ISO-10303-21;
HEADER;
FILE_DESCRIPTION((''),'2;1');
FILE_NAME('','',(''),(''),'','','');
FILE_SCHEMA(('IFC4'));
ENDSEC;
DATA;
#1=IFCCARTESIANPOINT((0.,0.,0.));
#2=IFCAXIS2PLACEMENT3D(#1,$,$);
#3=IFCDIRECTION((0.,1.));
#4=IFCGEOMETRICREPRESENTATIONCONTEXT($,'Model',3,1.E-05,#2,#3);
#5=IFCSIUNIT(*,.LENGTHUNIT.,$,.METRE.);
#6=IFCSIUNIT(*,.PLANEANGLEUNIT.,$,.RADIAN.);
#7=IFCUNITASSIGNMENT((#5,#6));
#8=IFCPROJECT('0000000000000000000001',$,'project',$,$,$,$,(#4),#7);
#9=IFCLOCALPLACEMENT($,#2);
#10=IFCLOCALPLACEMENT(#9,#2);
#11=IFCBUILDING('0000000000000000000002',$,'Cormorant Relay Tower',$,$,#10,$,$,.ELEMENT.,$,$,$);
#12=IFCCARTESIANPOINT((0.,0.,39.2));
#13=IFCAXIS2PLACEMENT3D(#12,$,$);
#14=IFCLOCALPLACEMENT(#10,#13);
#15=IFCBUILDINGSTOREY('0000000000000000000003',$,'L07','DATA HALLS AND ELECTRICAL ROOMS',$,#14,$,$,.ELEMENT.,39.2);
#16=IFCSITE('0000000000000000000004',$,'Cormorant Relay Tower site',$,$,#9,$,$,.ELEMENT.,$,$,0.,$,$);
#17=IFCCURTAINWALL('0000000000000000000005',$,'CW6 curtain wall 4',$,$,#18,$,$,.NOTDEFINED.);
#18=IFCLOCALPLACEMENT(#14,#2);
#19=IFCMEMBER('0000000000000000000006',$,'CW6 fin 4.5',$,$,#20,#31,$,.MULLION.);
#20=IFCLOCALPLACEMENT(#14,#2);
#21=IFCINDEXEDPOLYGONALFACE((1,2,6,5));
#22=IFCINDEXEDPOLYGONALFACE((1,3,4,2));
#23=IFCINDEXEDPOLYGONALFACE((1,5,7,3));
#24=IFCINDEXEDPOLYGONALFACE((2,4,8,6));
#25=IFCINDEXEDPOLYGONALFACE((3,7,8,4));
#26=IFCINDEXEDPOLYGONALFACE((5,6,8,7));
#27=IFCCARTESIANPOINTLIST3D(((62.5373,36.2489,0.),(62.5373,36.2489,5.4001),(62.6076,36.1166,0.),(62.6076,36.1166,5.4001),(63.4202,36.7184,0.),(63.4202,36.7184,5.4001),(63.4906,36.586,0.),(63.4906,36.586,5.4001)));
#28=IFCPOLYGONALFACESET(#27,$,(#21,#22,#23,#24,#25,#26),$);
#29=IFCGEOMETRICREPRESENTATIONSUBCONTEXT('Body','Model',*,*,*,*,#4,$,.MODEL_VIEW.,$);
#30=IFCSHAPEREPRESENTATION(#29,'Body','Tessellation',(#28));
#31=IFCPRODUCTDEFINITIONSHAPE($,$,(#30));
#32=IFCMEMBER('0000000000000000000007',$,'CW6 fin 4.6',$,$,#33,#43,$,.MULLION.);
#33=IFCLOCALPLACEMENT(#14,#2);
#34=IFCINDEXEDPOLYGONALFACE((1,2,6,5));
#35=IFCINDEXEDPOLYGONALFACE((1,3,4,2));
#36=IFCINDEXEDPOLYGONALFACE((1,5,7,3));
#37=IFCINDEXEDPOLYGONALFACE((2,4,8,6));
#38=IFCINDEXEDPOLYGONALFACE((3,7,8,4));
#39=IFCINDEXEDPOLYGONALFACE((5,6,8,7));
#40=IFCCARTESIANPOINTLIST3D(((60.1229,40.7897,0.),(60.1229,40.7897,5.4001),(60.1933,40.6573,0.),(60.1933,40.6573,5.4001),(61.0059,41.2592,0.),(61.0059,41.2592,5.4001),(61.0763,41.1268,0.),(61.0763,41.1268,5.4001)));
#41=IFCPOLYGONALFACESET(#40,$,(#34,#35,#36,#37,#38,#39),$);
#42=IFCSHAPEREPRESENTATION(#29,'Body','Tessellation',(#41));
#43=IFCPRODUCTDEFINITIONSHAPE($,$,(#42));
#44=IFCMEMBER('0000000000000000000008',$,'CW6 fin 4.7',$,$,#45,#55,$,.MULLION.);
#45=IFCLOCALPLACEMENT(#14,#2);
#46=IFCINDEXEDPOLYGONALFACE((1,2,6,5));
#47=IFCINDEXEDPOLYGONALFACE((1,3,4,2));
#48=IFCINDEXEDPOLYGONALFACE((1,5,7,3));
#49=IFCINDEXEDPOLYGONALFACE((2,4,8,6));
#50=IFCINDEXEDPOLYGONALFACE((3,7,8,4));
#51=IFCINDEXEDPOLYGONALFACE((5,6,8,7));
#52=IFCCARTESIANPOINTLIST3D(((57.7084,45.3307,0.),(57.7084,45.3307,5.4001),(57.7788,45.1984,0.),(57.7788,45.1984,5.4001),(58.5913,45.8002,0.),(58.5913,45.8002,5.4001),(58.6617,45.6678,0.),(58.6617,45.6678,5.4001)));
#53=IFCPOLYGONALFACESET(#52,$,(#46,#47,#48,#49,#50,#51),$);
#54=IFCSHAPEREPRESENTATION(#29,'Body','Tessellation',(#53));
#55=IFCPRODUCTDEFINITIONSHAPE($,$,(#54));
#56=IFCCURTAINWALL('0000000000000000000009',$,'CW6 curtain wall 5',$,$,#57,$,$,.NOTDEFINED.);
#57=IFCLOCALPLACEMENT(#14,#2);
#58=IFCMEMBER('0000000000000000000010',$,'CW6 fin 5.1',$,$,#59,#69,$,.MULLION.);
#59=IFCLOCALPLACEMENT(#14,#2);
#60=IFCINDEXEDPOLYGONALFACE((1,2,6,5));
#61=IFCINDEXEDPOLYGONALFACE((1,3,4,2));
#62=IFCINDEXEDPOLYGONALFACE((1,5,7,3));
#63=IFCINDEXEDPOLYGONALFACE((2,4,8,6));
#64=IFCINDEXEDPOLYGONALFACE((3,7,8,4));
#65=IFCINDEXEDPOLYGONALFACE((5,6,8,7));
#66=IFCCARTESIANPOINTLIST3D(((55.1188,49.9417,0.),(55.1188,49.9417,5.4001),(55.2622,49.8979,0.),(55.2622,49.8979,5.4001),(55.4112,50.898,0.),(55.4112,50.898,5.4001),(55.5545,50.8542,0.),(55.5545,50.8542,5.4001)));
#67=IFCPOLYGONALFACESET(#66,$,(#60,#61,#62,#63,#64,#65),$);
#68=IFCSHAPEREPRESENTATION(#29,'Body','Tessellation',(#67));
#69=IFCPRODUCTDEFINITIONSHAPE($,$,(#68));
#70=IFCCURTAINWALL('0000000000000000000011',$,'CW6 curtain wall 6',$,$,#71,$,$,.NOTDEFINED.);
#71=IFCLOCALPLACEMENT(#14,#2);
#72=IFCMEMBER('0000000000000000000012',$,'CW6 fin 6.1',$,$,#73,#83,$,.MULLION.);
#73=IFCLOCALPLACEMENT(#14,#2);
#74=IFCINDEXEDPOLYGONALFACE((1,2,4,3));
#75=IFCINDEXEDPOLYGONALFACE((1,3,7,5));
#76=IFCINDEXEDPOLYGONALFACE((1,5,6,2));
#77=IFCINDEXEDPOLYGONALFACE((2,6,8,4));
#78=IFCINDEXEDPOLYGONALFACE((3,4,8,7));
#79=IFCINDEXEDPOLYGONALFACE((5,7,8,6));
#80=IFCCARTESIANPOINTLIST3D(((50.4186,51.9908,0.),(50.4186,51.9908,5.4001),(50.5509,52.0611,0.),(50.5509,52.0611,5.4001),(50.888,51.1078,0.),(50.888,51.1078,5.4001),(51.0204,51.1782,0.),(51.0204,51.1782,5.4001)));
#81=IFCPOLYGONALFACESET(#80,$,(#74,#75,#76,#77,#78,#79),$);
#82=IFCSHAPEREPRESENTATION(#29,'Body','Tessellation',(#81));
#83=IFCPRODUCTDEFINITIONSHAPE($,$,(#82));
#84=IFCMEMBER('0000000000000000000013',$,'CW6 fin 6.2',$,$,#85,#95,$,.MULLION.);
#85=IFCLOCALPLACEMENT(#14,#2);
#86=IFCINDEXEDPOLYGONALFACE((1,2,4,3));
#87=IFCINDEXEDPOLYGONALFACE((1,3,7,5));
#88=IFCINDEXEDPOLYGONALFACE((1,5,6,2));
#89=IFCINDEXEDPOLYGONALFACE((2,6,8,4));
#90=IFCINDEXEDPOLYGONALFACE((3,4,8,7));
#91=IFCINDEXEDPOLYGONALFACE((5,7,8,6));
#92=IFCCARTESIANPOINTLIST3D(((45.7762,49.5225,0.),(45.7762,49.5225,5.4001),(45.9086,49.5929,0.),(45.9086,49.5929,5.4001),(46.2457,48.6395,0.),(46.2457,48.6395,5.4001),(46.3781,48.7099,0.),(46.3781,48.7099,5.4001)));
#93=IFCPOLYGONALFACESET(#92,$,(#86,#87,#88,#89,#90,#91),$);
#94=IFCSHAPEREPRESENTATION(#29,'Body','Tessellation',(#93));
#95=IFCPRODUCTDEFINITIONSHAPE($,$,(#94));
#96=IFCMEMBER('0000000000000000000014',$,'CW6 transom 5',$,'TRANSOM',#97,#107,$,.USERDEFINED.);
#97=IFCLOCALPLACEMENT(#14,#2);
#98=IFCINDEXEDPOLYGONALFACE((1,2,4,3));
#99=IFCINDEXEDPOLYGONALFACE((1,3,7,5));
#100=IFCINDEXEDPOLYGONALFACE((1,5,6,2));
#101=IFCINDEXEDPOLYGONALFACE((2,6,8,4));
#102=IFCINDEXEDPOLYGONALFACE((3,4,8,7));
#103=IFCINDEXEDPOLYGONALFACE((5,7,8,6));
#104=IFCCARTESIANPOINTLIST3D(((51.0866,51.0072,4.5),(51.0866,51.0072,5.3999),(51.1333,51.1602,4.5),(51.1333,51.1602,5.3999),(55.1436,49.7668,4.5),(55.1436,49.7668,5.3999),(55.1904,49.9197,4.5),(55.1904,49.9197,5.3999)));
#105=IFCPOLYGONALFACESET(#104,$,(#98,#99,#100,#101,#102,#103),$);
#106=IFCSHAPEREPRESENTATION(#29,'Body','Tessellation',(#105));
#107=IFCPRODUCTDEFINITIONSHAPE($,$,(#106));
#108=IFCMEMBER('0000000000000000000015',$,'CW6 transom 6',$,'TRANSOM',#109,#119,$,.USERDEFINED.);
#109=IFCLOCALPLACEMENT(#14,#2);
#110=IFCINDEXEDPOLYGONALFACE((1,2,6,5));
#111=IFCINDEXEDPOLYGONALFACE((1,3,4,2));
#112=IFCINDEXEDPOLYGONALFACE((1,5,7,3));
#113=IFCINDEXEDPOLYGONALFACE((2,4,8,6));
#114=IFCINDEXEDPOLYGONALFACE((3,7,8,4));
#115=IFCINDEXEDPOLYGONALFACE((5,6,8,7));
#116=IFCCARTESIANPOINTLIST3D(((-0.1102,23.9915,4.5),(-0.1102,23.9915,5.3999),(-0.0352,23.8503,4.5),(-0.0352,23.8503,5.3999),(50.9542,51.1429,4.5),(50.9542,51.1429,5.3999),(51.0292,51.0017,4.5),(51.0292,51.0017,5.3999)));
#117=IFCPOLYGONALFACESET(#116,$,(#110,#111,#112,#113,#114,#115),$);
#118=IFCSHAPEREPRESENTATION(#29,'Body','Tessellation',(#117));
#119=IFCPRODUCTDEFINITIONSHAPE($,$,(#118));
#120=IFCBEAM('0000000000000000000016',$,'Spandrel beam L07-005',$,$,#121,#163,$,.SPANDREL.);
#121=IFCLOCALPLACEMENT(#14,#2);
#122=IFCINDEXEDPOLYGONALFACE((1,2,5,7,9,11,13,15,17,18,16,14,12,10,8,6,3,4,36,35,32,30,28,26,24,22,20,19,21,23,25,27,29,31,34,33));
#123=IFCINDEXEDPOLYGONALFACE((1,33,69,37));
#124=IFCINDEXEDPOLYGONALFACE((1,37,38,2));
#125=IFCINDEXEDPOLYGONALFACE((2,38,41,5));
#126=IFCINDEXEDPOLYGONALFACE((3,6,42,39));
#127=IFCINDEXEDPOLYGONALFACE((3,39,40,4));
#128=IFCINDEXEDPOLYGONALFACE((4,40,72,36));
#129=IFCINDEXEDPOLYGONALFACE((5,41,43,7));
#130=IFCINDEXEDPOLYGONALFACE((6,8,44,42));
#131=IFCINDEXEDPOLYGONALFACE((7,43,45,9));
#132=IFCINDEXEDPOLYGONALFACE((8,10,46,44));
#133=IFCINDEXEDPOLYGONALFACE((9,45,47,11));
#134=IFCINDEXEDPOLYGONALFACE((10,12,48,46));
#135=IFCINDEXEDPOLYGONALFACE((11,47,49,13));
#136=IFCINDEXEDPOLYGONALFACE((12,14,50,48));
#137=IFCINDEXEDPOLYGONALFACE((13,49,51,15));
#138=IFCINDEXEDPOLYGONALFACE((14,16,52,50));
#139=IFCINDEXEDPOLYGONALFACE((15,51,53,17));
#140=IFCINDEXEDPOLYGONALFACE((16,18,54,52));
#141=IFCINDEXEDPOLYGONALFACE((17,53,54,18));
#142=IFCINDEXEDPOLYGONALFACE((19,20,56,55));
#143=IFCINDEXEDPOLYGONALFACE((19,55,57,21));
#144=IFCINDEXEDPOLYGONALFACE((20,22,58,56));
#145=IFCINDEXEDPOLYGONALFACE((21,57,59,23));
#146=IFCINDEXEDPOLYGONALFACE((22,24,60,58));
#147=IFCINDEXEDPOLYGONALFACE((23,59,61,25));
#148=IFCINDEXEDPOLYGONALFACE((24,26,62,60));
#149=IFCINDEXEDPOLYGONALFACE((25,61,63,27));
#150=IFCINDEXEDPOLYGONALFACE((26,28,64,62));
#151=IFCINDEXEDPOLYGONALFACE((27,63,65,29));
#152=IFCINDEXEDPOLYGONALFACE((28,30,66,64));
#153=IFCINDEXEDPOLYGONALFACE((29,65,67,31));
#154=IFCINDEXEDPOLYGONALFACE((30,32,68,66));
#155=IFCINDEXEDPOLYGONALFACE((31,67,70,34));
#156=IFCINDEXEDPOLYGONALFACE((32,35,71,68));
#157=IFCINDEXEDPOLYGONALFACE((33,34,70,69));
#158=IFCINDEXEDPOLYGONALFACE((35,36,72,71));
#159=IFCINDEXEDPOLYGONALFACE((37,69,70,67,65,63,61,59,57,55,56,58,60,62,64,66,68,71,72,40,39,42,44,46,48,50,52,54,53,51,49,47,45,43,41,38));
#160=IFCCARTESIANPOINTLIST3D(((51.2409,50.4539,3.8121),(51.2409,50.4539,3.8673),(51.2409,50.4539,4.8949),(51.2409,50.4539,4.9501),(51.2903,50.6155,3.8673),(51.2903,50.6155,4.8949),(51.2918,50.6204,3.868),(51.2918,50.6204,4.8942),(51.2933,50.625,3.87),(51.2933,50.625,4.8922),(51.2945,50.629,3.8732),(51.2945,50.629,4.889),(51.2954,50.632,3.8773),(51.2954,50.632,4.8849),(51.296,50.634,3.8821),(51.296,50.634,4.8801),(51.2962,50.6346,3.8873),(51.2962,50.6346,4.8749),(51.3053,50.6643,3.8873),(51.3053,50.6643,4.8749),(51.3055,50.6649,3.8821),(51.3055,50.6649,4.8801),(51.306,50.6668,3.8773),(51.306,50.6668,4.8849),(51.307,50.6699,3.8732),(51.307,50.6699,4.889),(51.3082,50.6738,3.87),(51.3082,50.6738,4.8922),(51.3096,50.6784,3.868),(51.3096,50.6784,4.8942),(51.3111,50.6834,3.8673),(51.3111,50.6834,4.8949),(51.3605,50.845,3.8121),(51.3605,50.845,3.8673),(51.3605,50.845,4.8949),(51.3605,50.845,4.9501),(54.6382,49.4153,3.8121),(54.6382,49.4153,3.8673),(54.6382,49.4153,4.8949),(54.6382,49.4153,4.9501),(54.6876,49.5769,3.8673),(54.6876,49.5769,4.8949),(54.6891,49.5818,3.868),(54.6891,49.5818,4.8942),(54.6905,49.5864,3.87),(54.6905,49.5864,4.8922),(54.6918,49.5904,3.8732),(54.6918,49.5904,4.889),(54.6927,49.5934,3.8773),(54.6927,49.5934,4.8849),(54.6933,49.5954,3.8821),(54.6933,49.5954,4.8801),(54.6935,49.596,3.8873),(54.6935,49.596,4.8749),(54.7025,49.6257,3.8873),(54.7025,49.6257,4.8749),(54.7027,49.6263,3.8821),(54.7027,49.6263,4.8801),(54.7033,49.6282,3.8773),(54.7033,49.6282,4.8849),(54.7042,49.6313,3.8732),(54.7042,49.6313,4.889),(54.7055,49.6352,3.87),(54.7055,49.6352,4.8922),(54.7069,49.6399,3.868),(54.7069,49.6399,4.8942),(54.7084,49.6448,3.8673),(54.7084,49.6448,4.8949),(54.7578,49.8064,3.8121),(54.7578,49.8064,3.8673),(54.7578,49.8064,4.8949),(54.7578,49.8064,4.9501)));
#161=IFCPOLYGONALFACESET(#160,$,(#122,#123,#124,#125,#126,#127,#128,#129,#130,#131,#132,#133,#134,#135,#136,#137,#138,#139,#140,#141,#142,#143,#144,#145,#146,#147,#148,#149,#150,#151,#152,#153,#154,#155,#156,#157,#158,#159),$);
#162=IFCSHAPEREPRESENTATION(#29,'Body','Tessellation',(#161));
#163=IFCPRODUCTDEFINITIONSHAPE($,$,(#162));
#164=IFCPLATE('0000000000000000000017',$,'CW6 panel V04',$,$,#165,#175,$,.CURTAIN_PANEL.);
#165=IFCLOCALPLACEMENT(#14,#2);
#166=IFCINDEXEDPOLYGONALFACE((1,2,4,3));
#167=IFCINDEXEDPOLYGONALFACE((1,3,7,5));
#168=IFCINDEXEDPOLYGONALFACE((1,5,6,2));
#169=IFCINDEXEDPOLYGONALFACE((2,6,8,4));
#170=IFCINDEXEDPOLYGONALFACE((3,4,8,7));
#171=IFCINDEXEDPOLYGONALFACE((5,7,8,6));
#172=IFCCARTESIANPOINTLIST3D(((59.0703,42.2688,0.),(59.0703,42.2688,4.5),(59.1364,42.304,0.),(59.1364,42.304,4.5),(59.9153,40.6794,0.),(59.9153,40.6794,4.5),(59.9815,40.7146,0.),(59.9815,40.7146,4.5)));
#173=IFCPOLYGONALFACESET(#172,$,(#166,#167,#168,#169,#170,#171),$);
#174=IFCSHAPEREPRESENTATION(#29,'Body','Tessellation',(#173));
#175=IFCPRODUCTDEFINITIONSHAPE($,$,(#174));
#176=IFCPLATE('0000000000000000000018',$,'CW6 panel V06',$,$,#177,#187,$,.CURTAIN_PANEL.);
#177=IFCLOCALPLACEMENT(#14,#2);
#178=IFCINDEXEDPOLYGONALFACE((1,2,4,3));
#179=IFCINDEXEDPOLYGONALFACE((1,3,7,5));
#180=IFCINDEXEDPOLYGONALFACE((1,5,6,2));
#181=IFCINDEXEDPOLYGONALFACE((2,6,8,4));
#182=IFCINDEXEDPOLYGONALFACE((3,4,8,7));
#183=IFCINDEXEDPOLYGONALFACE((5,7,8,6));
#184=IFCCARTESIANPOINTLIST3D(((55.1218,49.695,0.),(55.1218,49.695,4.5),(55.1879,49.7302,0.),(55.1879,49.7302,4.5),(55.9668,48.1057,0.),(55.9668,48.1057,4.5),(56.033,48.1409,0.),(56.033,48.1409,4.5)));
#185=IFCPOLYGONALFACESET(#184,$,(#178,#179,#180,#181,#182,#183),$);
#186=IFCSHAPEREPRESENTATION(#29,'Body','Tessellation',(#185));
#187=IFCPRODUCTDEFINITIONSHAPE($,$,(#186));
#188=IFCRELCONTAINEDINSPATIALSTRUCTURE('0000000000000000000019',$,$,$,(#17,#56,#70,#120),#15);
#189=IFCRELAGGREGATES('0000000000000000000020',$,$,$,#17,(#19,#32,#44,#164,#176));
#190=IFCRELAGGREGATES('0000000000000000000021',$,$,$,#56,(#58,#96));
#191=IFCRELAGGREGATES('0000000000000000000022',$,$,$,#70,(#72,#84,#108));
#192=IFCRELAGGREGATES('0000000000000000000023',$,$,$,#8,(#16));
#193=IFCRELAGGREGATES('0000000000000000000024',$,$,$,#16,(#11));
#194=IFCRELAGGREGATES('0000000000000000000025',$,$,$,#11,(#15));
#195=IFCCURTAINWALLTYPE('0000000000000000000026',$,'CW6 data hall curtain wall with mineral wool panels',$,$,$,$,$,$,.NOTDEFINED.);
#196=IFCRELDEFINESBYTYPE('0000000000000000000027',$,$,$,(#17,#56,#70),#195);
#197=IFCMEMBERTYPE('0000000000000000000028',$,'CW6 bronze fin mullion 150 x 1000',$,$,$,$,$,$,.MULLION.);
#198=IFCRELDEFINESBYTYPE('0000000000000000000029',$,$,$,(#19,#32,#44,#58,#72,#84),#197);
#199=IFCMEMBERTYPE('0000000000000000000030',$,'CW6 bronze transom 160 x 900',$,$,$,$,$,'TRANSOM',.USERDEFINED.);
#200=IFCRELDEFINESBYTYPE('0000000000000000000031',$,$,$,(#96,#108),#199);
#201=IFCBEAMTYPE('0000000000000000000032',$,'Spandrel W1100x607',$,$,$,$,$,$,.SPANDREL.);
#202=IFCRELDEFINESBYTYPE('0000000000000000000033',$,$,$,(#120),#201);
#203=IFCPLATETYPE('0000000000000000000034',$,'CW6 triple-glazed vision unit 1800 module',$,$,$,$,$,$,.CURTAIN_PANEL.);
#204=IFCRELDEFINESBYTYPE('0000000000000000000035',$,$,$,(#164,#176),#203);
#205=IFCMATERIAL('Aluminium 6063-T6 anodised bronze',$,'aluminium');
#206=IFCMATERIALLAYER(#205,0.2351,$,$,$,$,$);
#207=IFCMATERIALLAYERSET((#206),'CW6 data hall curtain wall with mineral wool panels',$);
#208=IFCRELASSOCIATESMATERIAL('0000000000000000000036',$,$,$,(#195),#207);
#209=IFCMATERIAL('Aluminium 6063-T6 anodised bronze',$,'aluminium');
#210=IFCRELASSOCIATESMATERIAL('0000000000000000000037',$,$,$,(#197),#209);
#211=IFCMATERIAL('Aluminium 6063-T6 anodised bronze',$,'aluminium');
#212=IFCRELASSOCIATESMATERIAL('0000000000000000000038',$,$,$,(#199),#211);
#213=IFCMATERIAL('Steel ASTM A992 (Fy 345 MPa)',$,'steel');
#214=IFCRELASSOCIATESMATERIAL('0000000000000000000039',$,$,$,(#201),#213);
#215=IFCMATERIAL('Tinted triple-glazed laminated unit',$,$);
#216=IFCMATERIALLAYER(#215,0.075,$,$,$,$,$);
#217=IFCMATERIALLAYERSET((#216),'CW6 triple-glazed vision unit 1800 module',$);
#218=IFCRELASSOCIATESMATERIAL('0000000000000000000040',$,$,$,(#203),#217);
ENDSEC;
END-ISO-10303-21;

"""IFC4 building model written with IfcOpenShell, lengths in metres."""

from ifc_helpers import new_model, si_unit, direction, frame, origin, origin_2d, place, context, subcontext, project, spatial, rectangle, i_section, extrude, material, layer, layer_set, material_profile, profile_set, type_object, element, aggregate, save


model = new_model("IFC4")

# Units and contexts
model_context = context("Model", 3, precision=1e-05, world=origin(), true_north=direction((0.0, 1.0)))
body_context = subcontext(model_context, "Body", "Model", "MODEL_VIEW")
ifc_project = project(units=[si_unit("LENGTHUNIT", "METRE"), si_unit("PLANEANGLEUNIT", "RADIAN")], contexts=[model_context])

# Site, building, storey
site_placement = place(None, origin())
site = spatial("IfcSite", under=ifc_project, at=site_placement, Name="Cormorant Relay Tower site", CompositionType="ELEMENT", RefElevation=0.0)
building_placement = place(site_placement, origin())
building = spatial("IfcBuilding", under=site, at=building_placement, Name="Cormorant Relay Tower", CompositionType="ELEMENT")
storey_placement = place(building_placement, frame((0.0, 0.0, 39.2)))
storey = spatial("IfcBuildingStorey", under=building, at=storey_placement, Name="L07", Description="DATA HALLS AND ELECTRICAL ROOMS", CompositionType="ELEMENT", Elevation=39.2)

# Curtain wall, members
ifc_material_1 = material(Name="Aluminium 6063-T6 anodised bronze", Category="aluminium")
ifc_layer_1 = layer(ifc_material_1, 0.2351)
ifc_layer_set_1 = layer_set([ifc_layer_1], Name="CW6 data hall curtain wall with mineral wool panels")
curtain_wall_type = type_object("IfcCurtainWallType", Name="CW6 data hall curtain wall with mineral wool panels", PredefinedType="NOTDEFINED", material=ifc_layer_set_1)
curtain_wall_1_placement = place(storey_placement, origin())
curtain_wall_1 = element("IfcCurtainWall", 1, at=curtain_wall_1_placement, inside=storey, type_object=curtain_wall_type, Name="CW6 curtain wall 4", PredefinedType="NOTDEFINED")
ifc_material_2 = material(Name="Aluminium 6063-T6 anodised bronze", Category="aluminium")
ifc_material_profile_1 = material_profile(ifc_material_2, rectangle(XDim=0.1499, YDim=1.0, at=origin_2d()), Name="AL 150x1000")
ifc_profile_set_1 = profile_set([ifc_material_profile_1], Name="Aluminium 6063-T6 anodised bronze")
member_type_1 = type_object("IfcMemberType", Name="CW6 bronze fin mullion 150 x 1000", PredefinedType="MULLION", material=ifc_profile_set_1)
member_1_placement = place(storey_placement, frame((63.0139, 36.4175, 0.0), z_axis=(0.0, 0.0, 1.0), x_axis=(-0.469472, 0.882948, 0.0)))
member_1 = element("IfcMember", 2, at=member_1_placement, type_object=member_type_1, Name="CW6 fin 4.5", PredefinedType="MULLION", context=body_context, shape_type="SweptSolid", body=[
    extrude(rectangle(XDim=0.1499, YDim=1.0, at=origin_2d()), origin(), (0.0, 0.0, 1.0), 5.4001),
])
member_2_placement = place(storey_placement, frame((60.5996, 40.9583, 0.0), z_axis=(0.0, 0.0, 1.0), x_axis=(-0.469472, 0.882948, 0.0)))
member_2 = element("IfcMember", 3, at=member_2_placement, type_object=member_type_1, Name="CW6 fin 4.6", PredefinedType="MULLION", context=body_context, shape_type="SweptSolid", body=[
    extrude(rectangle(XDim=0.1499, YDim=1.0, at=origin_2d()), origin(), (0.0, 0.0, 1.0), 5.4001),
])
member_3_placement = place(storey_placement, frame((58.1851, 45.4993, 0.0), z_axis=(0.0, 0.0, 1.0), x_axis=(-0.469472, 0.882948, 0.0)))
member_3 = element("IfcMember", 4, at=member_3_placement, type_object=member_type_1, Name="CW6 fin 4.7", PredefinedType="MULLION", context=body_context, shape_type="SweptSolid", body=[
    extrude(rectangle(XDim=0.1499, YDim=1.0, at=origin_2d()), origin(), (0.0, 0.0, 1.0), 5.4001),
])

# Curtain wall, member
curtain_wall_2_placement = place(storey_placement, origin())
curtain_wall_2 = element("IfcCurtainWall", 5, at=curtain_wall_2_placement, inside=storey, type_object=curtain_wall_type, Name="CW6 curtain wall 5", PredefinedType="NOTDEFINED")
member_4_placement = place(storey_placement, frame((55.3367, 50.3979, 0.0), z_axis=(0.0, 0.0, 1.0), x_axis=(-0.956305, 0.292372, 0.0)))
member_4 = element("IfcMember", 6, at=member_4_placement, type_object=member_type_1, Name="CW6 fin 5.1", PredefinedType="MULLION", context=body_context, shape_type="SweptSolid", body=[
    extrude(rectangle(XDim=0.1499, YDim=1.0, at=origin_2d()), origin(), (0.0, 0.0, 1.0), 5.4001),
])

# Curtain wall, members
curtain_wall_3_placement = place(storey_placement, origin())
curtain_wall_3 = element("IfcCurtainWall", 7, at=curtain_wall_3_placement, inside=storey, type_object=curtain_wall_type, Name="CW6 curtain wall 6", PredefinedType="NOTDEFINED")
member_5_placement = place(storey_placement, frame((50.7195, 51.5845, 0.0), z_axis=(0.0, 0.0, 1.0), x_axis=(-0.882948, -0.469472, 0.0)))
member_5 = element("IfcMember", 8, at=member_5_placement, type_object=member_type_1, Name="CW6 fin 6.1", PredefinedType="MULLION", context=body_context, shape_type="SweptSolid", body=[
    extrude(rectangle(XDim=0.1499, YDim=1.0, at=origin_2d()), origin(), (0.0, 0.0, 1.0), 5.4001),
])
member_6_placement = place(storey_placement, frame((46.0771, 49.1162, 0.0), z_axis=(0.0, 0.0, 1.0), x_axis=(-0.882948, -0.469472, 0.0)))
member_6 = element("IfcMember", 9, at=member_6_placement, type_object=member_type_1, Name="CW6 fin 6.2", PredefinedType="MULLION", context=body_context, shape_type="SweptSolid", body=[
    extrude(rectangle(XDim=0.1499, YDim=1.0, at=origin_2d()), origin(), (0.0, 0.0, 1.0), 5.4001),
])

# Members
ifc_material_3 = material(Name="Aluminium 6063-T6 anodised bronze", Category="aluminium")
ifc_material_profile_2 = material_profile(ifc_material_3, rectangle(XDim=0.1599, YDim=0.8999, at=origin_2d()), Name="AL 160x900")
ifc_profile_set_2 = profile_set([ifc_material_profile_2], Name="Aluminium 6063-T6 anodised bronze")
member_type_2 = type_object("IfcMemberType", Name="CW6 bronze transom 160 x 900", ElementType="TRANSOM", PredefinedType="USERDEFINED", material=ifc_profile_set_2)
member_7_placement = place(storey_placement, frame((55.167, 49.8433, 4.95), z_axis=(-0.956299, 0.292391, 0.0), x_axis=(-0.292391, -0.956299, 0.0)))
member_7 = element("IfcMember", 10, at=member_7_placement, type_object=member_type_2, Name="CW6 transom 5", ObjectType="TRANSOM", PredefinedType="USERDEFINED", context=body_context, shape_type="SweptSolid", body=[
    extrude(rectangle(XDim=0.1599, YDim=0.8999, at=origin_2d()), origin(), (0.0, 0.0, 1.0), 4.2424),
])
member_8_placement = place(storey_placement, frame((50.9917, 51.0723, 4.95), z_axis=(-0.882948, -0.46947, 0.0), x_axis=(0.46947, -0.882948, 0.0)))
member_8 = element("IfcMember", 11, at=member_8_placement, type_object=member_type_2, Name="CW6 transom 6", ObjectType="TRANSOM", PredefinedType="USERDEFINED", context=body_context, shape_type="SweptSolid", body=[
    extrude(rectangle(XDim=0.1599, YDim=0.8999, at=origin_2d()), origin(), (0.0, 0.0, 1.0), 57.834),
])

# Beam
ifc_material_4 = material(Name="Steel ASTM A992 (Fy 345 MPa)", Category="steel")
ifc_material_profile_3 = material_profile(ifc_material_4, i_section(OverallWidth=0.4089, OverallDepth=1.1379, WebThickness=0.031, FlangeThickness=0.0552, FilletRadius=0.02, at=origin_2d()), Name="W1100x607")
ifc_profile_set_3 = profile_set([ifc_material_profile_3], Name="Steel ASTM A992 (Fy 345 MPa)")
beam_type = type_object("IfcBeamType", Name="Spandrel W1100x607", PredefinedType="SPANDREL", material=ifc_profile_set_3)
beam_placement = place(storey_placement, frame((54.698, 49.6108, 4.3811), z_axis=(-0.956309, 0.292356, 0.0), x_axis=(-0.292356, -0.956309, 0.0)))
element("IfcBeam", 12, at=beam_placement, inside=storey, type_object=beam_type, Name="Spandrel beam L07-005", PredefinedType="SPANDREL", context=body_context, shape_type="SweptSolid", body=[
    extrude(i_section(OverallWidth=0.4089, OverallDepth=1.1379, WebThickness=0.031, FlangeThickness=0.0552, FilletRadius=0.02, at=origin_2d()), origin(), (0.0, 0.0, 1.0), 3.5525),
])

# Plates
ifc_material_5 = material(Name="Tinted triple-glazed laminated unit")
ifc_layer_2 = layer(ifc_material_5, 0.075)
ifc_layer_set_2 = layer_set([ifc_layer_2], Name="CW6 triple-glazed vision unit 1800 module")
plate_type = type_object("IfcPlateType", Name="CW6 triple-glazed vision unit 1800 module", PredefinedType="CURTAIN_PANEL", material=ifc_layer_set_2)
plate_1_placement = place(storey_placement, frame((59.5259, 41.4917, 0.0), z_axis=(0.0, 0.0, 1.0), x_axis=(-0.469472, 0.882948, 0.0)))
plate_1 = element("IfcPlate", 13, at=plate_1_placement, type_object=plate_type, Name="CW6 panel V04", PredefinedType="CURTAIN_PANEL", context=body_context, shape_type="SweptSolid", body=[
    extrude(rectangle(XDim=1.8, YDim=0.075, at=origin_2d()), origin(), (0.0, 0.0, 1.0), 4.5),
])
plate_2_placement = place(storey_placement, frame((55.5774, 48.918, 0.0), z_axis=(0.0, 0.0, 1.0), x_axis=(-0.469472, 0.882948, 0.0)))
plate_2 = element("IfcPlate", 14, at=plate_2_placement, type_object=plate_type, Name="CW6 panel V06", PredefinedType="CURTAIN_PANEL", context=body_context, shape_type="SweptSolid", body=[
    extrude(rectangle(XDim=1.8, YDim=0.075, at=origin_2d()), origin(), (0.0, 0.0, 1.0), 4.5),
])

aggregate(curtain_wall_1, [member_1, member_2, member_3, plate_1, plate_2])
aggregate(curtain_wall_2, [member_4, member_7])
aggregate(curtain_wall_3, [member_5, member_6, member_8])

save(model, "model.ifc")
